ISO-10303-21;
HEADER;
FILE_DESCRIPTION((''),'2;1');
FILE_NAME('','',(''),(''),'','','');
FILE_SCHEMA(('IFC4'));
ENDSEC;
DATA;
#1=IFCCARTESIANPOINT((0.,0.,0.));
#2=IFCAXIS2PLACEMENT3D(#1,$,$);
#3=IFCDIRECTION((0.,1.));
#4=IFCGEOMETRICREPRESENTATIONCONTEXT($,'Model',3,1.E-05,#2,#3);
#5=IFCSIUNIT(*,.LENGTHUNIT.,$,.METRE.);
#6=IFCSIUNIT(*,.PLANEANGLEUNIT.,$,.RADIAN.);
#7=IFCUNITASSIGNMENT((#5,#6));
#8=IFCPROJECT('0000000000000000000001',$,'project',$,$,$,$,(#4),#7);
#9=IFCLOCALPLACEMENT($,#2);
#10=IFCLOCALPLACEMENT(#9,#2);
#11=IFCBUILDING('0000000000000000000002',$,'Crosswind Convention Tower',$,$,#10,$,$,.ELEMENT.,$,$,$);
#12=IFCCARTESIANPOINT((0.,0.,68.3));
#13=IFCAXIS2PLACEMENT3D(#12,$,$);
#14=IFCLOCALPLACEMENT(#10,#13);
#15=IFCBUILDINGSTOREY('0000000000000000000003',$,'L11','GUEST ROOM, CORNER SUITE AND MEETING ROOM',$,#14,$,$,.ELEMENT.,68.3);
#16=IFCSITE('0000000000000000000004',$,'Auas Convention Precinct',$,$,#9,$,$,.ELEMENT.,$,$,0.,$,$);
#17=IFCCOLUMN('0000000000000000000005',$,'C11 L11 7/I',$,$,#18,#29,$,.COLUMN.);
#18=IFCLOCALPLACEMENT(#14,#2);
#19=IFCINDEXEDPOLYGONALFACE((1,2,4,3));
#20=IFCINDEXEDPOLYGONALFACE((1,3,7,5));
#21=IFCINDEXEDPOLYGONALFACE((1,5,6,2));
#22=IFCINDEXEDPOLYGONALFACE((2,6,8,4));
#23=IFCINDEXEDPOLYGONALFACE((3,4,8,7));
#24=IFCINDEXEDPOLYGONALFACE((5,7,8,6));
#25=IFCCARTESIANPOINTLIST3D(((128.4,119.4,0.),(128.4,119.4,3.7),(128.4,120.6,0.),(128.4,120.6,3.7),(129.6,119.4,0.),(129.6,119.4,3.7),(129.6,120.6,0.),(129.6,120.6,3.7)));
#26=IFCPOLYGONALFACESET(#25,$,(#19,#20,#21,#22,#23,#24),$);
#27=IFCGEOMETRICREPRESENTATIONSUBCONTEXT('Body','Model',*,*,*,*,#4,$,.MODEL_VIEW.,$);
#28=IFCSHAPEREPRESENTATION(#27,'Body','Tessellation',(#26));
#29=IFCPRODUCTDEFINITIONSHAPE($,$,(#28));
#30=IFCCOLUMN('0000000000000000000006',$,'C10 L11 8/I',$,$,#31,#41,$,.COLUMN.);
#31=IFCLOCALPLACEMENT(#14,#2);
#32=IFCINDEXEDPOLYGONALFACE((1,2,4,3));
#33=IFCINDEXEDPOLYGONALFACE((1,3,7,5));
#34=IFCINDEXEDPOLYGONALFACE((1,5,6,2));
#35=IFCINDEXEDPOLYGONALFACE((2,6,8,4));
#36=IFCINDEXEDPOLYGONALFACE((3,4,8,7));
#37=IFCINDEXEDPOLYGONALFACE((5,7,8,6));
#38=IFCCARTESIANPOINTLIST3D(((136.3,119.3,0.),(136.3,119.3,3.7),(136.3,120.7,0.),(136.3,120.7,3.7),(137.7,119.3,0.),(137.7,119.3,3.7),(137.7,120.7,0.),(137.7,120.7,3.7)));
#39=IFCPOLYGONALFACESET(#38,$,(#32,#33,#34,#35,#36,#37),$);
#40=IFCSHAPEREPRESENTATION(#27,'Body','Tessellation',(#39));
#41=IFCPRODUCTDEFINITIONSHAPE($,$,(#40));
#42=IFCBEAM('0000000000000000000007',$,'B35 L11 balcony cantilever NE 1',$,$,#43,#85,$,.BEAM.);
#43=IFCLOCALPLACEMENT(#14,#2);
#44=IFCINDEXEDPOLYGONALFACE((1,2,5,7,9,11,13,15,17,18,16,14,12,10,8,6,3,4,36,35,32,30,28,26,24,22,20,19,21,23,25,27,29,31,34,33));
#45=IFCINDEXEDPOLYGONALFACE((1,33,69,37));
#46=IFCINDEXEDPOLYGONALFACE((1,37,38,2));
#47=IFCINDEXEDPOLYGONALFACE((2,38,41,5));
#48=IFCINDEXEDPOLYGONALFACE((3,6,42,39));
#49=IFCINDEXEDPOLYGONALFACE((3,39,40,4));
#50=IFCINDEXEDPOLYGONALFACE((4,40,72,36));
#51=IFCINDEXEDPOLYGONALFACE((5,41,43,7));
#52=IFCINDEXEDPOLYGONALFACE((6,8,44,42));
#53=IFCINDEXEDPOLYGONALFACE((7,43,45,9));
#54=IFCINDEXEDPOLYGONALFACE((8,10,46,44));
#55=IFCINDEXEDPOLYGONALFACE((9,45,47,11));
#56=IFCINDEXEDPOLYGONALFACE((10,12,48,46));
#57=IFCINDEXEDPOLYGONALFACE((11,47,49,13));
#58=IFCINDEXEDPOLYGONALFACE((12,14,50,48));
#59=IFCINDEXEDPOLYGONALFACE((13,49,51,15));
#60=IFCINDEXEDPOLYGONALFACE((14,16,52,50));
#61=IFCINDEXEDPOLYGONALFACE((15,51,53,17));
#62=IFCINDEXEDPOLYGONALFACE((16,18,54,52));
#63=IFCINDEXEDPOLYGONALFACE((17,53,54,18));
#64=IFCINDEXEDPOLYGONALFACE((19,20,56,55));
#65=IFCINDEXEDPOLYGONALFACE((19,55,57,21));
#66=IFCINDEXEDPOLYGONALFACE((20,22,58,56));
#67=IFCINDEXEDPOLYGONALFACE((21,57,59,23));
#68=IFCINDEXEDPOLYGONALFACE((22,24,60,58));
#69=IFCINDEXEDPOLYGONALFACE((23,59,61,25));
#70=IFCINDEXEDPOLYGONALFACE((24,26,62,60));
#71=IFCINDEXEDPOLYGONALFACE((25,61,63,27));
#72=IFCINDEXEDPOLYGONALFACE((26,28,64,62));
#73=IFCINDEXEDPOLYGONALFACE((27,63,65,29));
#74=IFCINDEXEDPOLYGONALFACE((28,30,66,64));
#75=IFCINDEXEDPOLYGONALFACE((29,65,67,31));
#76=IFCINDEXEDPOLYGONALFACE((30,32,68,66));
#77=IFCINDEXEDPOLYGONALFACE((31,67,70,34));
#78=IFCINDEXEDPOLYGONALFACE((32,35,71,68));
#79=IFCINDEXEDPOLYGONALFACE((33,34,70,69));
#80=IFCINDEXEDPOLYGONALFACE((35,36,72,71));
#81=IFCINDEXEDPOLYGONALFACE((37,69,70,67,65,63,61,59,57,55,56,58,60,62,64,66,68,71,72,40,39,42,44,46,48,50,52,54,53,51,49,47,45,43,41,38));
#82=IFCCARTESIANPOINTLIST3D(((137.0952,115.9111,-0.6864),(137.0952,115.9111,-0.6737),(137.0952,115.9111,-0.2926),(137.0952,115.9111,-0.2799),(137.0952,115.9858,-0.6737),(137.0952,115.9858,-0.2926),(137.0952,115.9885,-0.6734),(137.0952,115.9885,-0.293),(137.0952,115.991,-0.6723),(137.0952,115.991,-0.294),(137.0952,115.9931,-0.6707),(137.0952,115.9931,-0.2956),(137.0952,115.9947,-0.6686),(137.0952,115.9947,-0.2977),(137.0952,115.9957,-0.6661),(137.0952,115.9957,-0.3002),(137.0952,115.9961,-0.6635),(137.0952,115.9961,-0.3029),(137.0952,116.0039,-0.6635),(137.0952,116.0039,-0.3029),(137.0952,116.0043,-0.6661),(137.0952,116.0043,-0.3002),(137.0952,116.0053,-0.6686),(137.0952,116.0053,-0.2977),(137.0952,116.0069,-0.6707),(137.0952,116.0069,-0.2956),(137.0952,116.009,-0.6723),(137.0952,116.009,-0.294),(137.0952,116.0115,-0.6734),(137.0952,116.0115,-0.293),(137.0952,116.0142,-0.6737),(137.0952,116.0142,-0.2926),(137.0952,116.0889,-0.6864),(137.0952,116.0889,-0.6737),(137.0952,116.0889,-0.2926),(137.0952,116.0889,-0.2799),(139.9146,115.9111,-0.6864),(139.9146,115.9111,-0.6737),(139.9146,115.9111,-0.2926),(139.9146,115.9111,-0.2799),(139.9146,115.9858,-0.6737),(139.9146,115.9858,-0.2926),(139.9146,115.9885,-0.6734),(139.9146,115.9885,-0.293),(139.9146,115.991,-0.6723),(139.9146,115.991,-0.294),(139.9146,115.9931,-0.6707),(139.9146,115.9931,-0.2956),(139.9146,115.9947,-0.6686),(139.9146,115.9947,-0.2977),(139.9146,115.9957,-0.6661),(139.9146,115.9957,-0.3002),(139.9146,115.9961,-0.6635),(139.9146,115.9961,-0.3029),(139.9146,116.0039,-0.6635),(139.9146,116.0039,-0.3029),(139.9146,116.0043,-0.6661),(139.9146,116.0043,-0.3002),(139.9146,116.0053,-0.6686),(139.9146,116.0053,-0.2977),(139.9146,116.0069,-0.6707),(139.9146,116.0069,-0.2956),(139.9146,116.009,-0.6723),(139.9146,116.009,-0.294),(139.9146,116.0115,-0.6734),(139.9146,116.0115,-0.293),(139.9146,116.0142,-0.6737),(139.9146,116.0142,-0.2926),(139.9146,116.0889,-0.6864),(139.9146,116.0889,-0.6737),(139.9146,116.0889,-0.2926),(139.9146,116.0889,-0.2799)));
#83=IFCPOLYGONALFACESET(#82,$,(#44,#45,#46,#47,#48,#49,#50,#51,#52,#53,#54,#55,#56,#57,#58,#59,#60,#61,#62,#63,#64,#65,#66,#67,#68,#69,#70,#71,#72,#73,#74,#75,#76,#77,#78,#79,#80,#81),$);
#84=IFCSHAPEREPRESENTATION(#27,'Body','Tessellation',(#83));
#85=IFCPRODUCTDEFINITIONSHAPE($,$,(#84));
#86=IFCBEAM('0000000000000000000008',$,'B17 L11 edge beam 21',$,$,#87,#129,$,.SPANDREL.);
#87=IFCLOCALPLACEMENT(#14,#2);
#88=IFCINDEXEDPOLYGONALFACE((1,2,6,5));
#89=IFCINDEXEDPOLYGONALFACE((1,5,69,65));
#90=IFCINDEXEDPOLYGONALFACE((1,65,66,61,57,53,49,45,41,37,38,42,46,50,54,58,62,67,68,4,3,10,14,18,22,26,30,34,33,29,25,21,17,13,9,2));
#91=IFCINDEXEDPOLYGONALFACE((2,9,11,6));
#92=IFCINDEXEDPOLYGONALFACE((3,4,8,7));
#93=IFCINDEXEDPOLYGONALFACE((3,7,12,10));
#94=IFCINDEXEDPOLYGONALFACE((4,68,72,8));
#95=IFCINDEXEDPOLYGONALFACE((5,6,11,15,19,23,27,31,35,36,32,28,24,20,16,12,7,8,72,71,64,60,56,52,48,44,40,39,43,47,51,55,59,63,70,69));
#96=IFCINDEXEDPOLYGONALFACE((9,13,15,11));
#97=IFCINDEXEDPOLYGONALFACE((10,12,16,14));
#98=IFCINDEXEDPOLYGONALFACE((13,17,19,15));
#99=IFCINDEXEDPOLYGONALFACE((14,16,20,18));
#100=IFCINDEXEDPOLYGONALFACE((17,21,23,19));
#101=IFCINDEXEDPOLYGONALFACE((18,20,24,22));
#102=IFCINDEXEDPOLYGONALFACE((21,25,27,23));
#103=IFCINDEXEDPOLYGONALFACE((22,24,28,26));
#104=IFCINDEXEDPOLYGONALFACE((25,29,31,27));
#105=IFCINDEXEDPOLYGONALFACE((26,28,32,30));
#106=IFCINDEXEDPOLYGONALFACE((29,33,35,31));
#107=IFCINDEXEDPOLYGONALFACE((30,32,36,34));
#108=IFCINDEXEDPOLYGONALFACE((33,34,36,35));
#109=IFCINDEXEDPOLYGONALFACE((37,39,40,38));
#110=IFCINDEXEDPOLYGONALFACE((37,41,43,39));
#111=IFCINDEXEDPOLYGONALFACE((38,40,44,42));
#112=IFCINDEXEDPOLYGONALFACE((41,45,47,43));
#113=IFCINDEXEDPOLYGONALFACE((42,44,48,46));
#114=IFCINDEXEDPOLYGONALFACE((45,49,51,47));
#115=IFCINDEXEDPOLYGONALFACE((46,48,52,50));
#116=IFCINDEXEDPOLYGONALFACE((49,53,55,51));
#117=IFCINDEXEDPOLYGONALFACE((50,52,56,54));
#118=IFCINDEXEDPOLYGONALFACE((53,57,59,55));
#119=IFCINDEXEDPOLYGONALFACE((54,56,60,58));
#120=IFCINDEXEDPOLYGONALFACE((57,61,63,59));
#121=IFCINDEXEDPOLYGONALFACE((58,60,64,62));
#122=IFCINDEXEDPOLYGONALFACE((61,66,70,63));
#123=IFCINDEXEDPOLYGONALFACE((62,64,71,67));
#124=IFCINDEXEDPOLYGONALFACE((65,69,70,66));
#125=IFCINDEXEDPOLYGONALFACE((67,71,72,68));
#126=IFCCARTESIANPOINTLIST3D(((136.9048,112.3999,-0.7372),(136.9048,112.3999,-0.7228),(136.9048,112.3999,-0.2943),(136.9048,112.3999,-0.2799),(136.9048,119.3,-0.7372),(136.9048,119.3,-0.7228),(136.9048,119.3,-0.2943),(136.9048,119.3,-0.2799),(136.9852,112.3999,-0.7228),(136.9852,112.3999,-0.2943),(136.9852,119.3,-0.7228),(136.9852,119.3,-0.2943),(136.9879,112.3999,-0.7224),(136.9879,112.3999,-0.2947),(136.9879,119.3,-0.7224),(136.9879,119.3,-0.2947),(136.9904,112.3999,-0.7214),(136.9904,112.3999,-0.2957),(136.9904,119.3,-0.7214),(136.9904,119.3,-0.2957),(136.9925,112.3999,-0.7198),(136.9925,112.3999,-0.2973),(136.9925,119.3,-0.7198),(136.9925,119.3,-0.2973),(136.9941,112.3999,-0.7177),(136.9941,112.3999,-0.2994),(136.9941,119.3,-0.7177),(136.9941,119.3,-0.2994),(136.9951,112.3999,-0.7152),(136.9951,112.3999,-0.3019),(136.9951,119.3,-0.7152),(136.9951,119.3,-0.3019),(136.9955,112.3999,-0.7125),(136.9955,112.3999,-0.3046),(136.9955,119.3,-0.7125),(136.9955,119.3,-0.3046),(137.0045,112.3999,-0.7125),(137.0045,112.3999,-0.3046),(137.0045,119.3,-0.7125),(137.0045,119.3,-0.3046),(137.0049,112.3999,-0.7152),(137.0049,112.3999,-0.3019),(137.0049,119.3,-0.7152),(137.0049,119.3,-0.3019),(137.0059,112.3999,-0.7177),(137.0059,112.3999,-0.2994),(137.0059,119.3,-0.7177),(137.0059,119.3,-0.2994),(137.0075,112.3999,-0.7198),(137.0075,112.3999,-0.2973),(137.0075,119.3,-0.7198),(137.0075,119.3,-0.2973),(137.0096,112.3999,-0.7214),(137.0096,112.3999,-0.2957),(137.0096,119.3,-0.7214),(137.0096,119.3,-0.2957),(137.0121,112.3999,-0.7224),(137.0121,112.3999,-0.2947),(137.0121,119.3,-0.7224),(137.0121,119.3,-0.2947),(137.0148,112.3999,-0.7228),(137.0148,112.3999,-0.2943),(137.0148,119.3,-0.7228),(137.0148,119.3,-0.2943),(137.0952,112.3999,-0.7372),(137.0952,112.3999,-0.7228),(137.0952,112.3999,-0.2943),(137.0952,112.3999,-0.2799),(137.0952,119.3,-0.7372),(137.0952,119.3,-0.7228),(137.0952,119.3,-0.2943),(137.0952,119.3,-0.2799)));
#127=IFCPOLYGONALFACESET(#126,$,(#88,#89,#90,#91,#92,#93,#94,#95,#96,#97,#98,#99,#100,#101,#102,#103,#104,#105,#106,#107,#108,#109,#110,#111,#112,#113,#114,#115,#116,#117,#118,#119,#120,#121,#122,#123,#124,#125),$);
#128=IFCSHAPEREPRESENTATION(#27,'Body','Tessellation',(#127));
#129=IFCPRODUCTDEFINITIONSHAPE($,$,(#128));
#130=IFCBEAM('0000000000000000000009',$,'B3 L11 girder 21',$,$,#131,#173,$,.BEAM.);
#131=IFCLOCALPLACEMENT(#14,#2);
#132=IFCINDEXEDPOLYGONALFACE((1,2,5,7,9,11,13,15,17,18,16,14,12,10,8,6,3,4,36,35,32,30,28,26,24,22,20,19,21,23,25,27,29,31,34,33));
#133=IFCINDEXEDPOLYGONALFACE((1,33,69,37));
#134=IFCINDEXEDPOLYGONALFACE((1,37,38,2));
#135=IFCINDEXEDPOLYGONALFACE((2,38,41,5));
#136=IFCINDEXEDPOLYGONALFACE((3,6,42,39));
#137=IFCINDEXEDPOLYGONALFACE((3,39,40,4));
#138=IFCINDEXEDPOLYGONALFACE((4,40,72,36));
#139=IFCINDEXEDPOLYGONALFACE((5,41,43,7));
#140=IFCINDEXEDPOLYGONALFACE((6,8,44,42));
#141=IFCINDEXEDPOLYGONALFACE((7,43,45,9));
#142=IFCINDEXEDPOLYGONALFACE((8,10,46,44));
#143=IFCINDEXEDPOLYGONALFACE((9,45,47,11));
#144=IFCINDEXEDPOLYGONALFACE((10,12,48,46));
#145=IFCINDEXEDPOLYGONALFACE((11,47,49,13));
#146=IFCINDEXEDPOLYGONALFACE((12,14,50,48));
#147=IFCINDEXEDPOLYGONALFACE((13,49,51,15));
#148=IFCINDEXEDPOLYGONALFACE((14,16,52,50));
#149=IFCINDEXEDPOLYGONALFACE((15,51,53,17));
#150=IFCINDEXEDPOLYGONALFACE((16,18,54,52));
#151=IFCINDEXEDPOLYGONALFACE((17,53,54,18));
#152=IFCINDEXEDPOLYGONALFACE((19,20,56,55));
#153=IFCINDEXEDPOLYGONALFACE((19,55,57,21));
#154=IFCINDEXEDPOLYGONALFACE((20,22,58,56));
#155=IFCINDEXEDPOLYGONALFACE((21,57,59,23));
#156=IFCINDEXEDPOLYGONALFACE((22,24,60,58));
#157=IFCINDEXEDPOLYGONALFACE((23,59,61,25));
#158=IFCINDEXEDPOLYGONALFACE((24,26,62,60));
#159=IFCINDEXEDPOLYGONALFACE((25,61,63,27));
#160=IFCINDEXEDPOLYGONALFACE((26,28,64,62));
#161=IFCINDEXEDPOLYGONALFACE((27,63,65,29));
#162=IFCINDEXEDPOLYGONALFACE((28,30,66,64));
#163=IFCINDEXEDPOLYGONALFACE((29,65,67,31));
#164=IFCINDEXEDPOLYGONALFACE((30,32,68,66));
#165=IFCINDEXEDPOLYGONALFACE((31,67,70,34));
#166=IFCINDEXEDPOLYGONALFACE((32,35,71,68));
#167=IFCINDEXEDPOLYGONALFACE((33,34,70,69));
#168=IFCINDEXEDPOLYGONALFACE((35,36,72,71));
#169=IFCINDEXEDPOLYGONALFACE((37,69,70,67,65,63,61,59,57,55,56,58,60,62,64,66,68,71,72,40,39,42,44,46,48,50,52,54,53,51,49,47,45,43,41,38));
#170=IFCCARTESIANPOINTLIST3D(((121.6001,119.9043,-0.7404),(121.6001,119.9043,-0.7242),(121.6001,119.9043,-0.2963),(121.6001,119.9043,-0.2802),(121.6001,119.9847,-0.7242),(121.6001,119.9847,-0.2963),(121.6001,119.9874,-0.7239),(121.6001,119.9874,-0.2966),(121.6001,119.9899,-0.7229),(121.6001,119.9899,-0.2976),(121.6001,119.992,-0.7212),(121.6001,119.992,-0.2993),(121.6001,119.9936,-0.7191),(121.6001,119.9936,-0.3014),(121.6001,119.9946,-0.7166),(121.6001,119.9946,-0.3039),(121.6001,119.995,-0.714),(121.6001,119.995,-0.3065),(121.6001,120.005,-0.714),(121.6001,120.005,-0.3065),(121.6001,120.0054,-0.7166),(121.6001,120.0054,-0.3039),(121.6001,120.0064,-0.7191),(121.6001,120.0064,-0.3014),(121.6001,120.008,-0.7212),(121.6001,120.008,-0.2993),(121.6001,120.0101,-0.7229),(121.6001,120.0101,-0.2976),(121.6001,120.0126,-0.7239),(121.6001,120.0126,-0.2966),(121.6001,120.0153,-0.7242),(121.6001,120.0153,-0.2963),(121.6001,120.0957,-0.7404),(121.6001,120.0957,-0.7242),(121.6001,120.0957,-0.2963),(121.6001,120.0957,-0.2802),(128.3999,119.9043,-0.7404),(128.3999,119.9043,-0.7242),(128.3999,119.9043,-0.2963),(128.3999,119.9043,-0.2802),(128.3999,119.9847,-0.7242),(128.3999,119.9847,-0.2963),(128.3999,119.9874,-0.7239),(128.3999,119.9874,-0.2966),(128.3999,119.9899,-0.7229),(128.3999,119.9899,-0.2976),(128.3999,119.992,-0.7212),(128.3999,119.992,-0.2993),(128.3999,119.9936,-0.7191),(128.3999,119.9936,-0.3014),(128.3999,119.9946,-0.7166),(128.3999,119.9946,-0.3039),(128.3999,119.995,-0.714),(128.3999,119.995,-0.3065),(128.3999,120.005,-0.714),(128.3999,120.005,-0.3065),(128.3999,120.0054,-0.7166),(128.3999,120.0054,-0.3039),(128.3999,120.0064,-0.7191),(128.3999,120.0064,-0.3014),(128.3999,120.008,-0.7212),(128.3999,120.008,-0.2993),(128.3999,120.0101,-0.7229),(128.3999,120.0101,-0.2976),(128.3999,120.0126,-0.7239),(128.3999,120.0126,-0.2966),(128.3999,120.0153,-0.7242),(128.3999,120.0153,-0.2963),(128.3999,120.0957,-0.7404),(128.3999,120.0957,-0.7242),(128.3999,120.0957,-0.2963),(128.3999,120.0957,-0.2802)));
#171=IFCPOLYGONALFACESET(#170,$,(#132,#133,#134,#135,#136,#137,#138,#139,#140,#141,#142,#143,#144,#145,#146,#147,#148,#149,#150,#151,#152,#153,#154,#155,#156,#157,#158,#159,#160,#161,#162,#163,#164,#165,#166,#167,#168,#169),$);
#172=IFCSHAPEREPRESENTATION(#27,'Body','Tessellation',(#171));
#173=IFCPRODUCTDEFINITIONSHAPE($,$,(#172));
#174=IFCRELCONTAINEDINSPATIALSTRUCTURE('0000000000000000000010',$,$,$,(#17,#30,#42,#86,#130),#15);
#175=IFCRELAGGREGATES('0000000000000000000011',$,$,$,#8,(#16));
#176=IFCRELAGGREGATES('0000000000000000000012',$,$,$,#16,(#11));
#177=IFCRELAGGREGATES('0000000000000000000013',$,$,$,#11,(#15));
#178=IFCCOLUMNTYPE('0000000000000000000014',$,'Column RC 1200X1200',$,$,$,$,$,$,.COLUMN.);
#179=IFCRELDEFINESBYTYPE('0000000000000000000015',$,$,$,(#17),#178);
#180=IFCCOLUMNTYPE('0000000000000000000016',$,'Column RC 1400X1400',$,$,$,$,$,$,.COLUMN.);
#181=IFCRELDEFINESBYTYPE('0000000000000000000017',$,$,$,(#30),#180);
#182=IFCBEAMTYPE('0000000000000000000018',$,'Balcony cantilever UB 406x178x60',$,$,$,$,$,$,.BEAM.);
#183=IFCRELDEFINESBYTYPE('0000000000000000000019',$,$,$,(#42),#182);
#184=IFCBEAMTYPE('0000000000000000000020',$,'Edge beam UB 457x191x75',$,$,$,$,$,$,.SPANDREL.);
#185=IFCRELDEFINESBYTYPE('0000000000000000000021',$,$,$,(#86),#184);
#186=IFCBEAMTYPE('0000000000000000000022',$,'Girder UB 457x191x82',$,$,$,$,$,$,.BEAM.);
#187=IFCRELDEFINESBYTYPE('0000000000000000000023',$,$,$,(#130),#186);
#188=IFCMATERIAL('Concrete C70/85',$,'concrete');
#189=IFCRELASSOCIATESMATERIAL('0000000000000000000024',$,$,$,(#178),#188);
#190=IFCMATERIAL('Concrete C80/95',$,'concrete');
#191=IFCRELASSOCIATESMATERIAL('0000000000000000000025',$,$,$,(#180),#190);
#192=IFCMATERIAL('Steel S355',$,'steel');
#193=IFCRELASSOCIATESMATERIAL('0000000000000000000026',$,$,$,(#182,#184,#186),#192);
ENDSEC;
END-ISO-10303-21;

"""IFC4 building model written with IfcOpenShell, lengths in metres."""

from ifc_helpers import new_model, si_unit, direction, frame, origin, origin_2d, place, context, subcontext, project, spatial, rectangle, i_section, extrude, material, material_profile, profile_set, type_object, element, save


model = new_model("IFC4")

# Units and contexts
model_context = context("Model", 3, precision=1e-05, world=origin(), true_north=direction((0.0, 1.0)))
body_context = subcontext(model_context, "Body", "Model", "MODEL_VIEW")
ifc_project = project(units=[si_unit("LENGTHUNIT", "METRE"), si_unit("PLANEANGLEUNIT", "RADIAN")], contexts=[model_context])

# Site, building, storey
site_placement = place(None, origin())
site = spatial("IfcSite", under=ifc_project, at=site_placement, Name="Auas Convention Precinct", CompositionType="ELEMENT", RefElevation=0.0)
building_placement = place(site_placement, origin())
building = spatial("IfcBuilding", under=site, at=building_placement, Name="Crosswind Convention Tower", CompositionType="ELEMENT")
storey_placement = place(building_placement, frame((0.0, 0.0, 68.3)))
storey = spatial("IfcBuildingStorey", under=building, at=storey_placement, Name="L11", Description="GUEST ROOM, CORNER SUITE AND MEETING ROOM", CompositionType="ELEMENT", Elevation=68.3)

# Columns
ifc_material_1 = material(Name="Concrete C70/85", Category="concrete")
ifc_material_profile_1 = material_profile(ifc_material_1, rectangle(XDim=1.2, YDim=1.2, at=origin_2d()), Name="RC 1200X1200")
ifc_profile_set_1 = profile_set([ifc_material_profile_1], Name="Concrete C70/85")
column_type_1 = type_object("IfcColumnType", Name="Column RC 1200X1200", PredefinedType="COLUMN", material=ifc_profile_set_1)
column_1_placement = place(storey_placement, frame((129.0, 120.0, 0.0), z_axis=(0.0, 0.0, 1.0), x_axis=(1.0, 0.0, 0.0)))
element("IfcColumn", 1, at=column_1_placement, inside=storey, type_object=column_type_1, Name="C11 L11 7/I", PredefinedType="COLUMN", context=body_context, shape_type="SweptSolid", body=[
    extrude(rectangle(XDim=1.2, YDim=1.2, at=origin_2d()), origin(), (0.0, 0.0, 1.0), 3.7),
])
ifc_material_2 = material(Name="Concrete C80/95", Category="concrete")
ifc_material_profile_2 = material_profile(ifc_material_2, rectangle(XDim=1.3999, YDim=1.3999, at=origin_2d()), Name="RC 1400X1400")
ifc_profile_set_2 = profile_set([ifc_material_profile_2], Name="Concrete C80/95")
column_type_2 = type_object("IfcColumnType", Name="Column RC 1400X1400", PredefinedType="COLUMN", material=ifc_profile_set_2)
column_2_placement = place(storey_placement, frame((137.0, 120.0, 0.0), z_axis=(0.0, 0.0, 1.0), x_axis=(1.0, 0.0, 0.0)))
element("IfcColumn", 2, at=column_2_placement, inside=storey, type_object=column_type_2, Name="C10 L11 8/I", PredefinedType="COLUMN", context=body_context, shape_type="SweptSolid", body=[
    extrude(rectangle(XDim=1.3999, YDim=1.3999, at=origin_2d()), origin(), (0.0, 0.0, 1.0), 3.7),
])

# Beams
ifc_material_3 = material(Name="Steel S355", Category="steel")
ifc_material_profile_3 = material_profile(ifc_material_3, i_section(OverallWidth=0.1777, OverallDepth=0.4065, WebThickness=0.0078, FlangeThickness=0.0127, FilletRadius=0.0103, at=origin_2d()), Name="UB 406x178x60")
ifc_profile_set_3 = profile_set([ifc_material_profile_3], Name="Steel S355")
beam_type_1 = type_object("IfcBeamType", Name="Balcony cantilever UB 406x178x60", PredefinedType="BEAM", material=ifc_profile_set_3)
beam_1_placement = place(storey_placement, frame((137.0952, 116.0, -0.4832), z_axis=(1.0, 0.0, 0.0), x_axis=(0.0, 1.0, 0.0)))
element("IfcBeam", 3, at=beam_1_placement, inside=storey, type_object=beam_type_1, Name="B35 L11 balcony cantilever NE 1", PredefinedType="BEAM", context=body_context, shape_type="SweptSolid", body=[
    extrude(i_section(OverallWidth=0.1777, OverallDepth=0.4065, WebThickness=0.0078, FlangeThickness=0.0127, FilletRadius=0.0103, at=origin_2d()), origin(), (0.0, 0.0, 1.0), 2.8193),
])
ifc_material_profile_4 = material_profile(ifc_material_3, i_section(OverallWidth=0.1904, OverallDepth=0.4573, WebThickness=0.009, FlangeThickness=0.0144, FilletRadius=0.0103, at=origin_2d()), Name="UB 457x191x75")
ifc_profile_set_4 = profile_set([ifc_material_profile_4], Name="Steel S355")
beam_type_2 = type_object("IfcBeamType", Name="Edge beam UB 457x191x75", PredefinedType="SPANDREL", material=ifc_profile_set_4)
beam_2_placement = place(storey_placement, frame((137.0, 112.3999, -0.5085), z_axis=(0.0, 1.0, 0.0), x_axis=(-1.0, 0.0, 0.0)))
element("IfcBeam", 4, at=beam_2_placement, inside=storey, type_object=beam_type_2, Name="B17 L11 edge beam 21", PredefinedType="SPANDREL", context=body_context, shape_type="SweptSolid", body=[
    extrude(i_section(OverallWidth=0.1904, OverallDepth=0.4573, WebThickness=0.009, FlangeThickness=0.0144, FilletRadius=0.0103, at=origin_2d()), origin(), (0.0, 0.0, 1.0), 6.9001),
])
ifc_material_profile_5 = material_profile(ifc_material_3, i_section(OverallWidth=0.1914, OverallDepth=0.4602, WebThickness=0.01, FlangeThickness=0.0161, FilletRadius=0.0103, at=origin_2d()), Name="UB 457x191x82")
ifc_profile_set_5 = profile_set([ifc_material_profile_5], Name="Steel S355")
beam_type_3 = type_object("IfcBeamType", Name="Girder UB 457x191x82", PredefinedType="BEAM", material=ifc_profile_set_5)
for number, where, z_axis, x_axis, name in (
    (5, (121.6001, 120.0, -0.5103), (1.0, 0.0, 0.0), (0.0, 1.0, 0.0), "B3 L11 girder 21"),
):
    element("IfcBeam", number, at=place(storey_placement, frame(where, z_axis=z_axis, x_axis=x_axis)), inside=storey, type_object=beam_type_3, Name=name, PredefinedType="BEAM", context=body_context, shape_type="SweptSolid", body=[
        extrude(i_section(OverallWidth=0.1914, OverallDepth=0.4602, WebThickness=0.01, FlangeThickness=0.0161, FilletRadius=0.0103, at=origin_2d()), origin(), (0.0, 0.0, 1.0), 6.7998),
    ])

save(model, "model.ifc")
